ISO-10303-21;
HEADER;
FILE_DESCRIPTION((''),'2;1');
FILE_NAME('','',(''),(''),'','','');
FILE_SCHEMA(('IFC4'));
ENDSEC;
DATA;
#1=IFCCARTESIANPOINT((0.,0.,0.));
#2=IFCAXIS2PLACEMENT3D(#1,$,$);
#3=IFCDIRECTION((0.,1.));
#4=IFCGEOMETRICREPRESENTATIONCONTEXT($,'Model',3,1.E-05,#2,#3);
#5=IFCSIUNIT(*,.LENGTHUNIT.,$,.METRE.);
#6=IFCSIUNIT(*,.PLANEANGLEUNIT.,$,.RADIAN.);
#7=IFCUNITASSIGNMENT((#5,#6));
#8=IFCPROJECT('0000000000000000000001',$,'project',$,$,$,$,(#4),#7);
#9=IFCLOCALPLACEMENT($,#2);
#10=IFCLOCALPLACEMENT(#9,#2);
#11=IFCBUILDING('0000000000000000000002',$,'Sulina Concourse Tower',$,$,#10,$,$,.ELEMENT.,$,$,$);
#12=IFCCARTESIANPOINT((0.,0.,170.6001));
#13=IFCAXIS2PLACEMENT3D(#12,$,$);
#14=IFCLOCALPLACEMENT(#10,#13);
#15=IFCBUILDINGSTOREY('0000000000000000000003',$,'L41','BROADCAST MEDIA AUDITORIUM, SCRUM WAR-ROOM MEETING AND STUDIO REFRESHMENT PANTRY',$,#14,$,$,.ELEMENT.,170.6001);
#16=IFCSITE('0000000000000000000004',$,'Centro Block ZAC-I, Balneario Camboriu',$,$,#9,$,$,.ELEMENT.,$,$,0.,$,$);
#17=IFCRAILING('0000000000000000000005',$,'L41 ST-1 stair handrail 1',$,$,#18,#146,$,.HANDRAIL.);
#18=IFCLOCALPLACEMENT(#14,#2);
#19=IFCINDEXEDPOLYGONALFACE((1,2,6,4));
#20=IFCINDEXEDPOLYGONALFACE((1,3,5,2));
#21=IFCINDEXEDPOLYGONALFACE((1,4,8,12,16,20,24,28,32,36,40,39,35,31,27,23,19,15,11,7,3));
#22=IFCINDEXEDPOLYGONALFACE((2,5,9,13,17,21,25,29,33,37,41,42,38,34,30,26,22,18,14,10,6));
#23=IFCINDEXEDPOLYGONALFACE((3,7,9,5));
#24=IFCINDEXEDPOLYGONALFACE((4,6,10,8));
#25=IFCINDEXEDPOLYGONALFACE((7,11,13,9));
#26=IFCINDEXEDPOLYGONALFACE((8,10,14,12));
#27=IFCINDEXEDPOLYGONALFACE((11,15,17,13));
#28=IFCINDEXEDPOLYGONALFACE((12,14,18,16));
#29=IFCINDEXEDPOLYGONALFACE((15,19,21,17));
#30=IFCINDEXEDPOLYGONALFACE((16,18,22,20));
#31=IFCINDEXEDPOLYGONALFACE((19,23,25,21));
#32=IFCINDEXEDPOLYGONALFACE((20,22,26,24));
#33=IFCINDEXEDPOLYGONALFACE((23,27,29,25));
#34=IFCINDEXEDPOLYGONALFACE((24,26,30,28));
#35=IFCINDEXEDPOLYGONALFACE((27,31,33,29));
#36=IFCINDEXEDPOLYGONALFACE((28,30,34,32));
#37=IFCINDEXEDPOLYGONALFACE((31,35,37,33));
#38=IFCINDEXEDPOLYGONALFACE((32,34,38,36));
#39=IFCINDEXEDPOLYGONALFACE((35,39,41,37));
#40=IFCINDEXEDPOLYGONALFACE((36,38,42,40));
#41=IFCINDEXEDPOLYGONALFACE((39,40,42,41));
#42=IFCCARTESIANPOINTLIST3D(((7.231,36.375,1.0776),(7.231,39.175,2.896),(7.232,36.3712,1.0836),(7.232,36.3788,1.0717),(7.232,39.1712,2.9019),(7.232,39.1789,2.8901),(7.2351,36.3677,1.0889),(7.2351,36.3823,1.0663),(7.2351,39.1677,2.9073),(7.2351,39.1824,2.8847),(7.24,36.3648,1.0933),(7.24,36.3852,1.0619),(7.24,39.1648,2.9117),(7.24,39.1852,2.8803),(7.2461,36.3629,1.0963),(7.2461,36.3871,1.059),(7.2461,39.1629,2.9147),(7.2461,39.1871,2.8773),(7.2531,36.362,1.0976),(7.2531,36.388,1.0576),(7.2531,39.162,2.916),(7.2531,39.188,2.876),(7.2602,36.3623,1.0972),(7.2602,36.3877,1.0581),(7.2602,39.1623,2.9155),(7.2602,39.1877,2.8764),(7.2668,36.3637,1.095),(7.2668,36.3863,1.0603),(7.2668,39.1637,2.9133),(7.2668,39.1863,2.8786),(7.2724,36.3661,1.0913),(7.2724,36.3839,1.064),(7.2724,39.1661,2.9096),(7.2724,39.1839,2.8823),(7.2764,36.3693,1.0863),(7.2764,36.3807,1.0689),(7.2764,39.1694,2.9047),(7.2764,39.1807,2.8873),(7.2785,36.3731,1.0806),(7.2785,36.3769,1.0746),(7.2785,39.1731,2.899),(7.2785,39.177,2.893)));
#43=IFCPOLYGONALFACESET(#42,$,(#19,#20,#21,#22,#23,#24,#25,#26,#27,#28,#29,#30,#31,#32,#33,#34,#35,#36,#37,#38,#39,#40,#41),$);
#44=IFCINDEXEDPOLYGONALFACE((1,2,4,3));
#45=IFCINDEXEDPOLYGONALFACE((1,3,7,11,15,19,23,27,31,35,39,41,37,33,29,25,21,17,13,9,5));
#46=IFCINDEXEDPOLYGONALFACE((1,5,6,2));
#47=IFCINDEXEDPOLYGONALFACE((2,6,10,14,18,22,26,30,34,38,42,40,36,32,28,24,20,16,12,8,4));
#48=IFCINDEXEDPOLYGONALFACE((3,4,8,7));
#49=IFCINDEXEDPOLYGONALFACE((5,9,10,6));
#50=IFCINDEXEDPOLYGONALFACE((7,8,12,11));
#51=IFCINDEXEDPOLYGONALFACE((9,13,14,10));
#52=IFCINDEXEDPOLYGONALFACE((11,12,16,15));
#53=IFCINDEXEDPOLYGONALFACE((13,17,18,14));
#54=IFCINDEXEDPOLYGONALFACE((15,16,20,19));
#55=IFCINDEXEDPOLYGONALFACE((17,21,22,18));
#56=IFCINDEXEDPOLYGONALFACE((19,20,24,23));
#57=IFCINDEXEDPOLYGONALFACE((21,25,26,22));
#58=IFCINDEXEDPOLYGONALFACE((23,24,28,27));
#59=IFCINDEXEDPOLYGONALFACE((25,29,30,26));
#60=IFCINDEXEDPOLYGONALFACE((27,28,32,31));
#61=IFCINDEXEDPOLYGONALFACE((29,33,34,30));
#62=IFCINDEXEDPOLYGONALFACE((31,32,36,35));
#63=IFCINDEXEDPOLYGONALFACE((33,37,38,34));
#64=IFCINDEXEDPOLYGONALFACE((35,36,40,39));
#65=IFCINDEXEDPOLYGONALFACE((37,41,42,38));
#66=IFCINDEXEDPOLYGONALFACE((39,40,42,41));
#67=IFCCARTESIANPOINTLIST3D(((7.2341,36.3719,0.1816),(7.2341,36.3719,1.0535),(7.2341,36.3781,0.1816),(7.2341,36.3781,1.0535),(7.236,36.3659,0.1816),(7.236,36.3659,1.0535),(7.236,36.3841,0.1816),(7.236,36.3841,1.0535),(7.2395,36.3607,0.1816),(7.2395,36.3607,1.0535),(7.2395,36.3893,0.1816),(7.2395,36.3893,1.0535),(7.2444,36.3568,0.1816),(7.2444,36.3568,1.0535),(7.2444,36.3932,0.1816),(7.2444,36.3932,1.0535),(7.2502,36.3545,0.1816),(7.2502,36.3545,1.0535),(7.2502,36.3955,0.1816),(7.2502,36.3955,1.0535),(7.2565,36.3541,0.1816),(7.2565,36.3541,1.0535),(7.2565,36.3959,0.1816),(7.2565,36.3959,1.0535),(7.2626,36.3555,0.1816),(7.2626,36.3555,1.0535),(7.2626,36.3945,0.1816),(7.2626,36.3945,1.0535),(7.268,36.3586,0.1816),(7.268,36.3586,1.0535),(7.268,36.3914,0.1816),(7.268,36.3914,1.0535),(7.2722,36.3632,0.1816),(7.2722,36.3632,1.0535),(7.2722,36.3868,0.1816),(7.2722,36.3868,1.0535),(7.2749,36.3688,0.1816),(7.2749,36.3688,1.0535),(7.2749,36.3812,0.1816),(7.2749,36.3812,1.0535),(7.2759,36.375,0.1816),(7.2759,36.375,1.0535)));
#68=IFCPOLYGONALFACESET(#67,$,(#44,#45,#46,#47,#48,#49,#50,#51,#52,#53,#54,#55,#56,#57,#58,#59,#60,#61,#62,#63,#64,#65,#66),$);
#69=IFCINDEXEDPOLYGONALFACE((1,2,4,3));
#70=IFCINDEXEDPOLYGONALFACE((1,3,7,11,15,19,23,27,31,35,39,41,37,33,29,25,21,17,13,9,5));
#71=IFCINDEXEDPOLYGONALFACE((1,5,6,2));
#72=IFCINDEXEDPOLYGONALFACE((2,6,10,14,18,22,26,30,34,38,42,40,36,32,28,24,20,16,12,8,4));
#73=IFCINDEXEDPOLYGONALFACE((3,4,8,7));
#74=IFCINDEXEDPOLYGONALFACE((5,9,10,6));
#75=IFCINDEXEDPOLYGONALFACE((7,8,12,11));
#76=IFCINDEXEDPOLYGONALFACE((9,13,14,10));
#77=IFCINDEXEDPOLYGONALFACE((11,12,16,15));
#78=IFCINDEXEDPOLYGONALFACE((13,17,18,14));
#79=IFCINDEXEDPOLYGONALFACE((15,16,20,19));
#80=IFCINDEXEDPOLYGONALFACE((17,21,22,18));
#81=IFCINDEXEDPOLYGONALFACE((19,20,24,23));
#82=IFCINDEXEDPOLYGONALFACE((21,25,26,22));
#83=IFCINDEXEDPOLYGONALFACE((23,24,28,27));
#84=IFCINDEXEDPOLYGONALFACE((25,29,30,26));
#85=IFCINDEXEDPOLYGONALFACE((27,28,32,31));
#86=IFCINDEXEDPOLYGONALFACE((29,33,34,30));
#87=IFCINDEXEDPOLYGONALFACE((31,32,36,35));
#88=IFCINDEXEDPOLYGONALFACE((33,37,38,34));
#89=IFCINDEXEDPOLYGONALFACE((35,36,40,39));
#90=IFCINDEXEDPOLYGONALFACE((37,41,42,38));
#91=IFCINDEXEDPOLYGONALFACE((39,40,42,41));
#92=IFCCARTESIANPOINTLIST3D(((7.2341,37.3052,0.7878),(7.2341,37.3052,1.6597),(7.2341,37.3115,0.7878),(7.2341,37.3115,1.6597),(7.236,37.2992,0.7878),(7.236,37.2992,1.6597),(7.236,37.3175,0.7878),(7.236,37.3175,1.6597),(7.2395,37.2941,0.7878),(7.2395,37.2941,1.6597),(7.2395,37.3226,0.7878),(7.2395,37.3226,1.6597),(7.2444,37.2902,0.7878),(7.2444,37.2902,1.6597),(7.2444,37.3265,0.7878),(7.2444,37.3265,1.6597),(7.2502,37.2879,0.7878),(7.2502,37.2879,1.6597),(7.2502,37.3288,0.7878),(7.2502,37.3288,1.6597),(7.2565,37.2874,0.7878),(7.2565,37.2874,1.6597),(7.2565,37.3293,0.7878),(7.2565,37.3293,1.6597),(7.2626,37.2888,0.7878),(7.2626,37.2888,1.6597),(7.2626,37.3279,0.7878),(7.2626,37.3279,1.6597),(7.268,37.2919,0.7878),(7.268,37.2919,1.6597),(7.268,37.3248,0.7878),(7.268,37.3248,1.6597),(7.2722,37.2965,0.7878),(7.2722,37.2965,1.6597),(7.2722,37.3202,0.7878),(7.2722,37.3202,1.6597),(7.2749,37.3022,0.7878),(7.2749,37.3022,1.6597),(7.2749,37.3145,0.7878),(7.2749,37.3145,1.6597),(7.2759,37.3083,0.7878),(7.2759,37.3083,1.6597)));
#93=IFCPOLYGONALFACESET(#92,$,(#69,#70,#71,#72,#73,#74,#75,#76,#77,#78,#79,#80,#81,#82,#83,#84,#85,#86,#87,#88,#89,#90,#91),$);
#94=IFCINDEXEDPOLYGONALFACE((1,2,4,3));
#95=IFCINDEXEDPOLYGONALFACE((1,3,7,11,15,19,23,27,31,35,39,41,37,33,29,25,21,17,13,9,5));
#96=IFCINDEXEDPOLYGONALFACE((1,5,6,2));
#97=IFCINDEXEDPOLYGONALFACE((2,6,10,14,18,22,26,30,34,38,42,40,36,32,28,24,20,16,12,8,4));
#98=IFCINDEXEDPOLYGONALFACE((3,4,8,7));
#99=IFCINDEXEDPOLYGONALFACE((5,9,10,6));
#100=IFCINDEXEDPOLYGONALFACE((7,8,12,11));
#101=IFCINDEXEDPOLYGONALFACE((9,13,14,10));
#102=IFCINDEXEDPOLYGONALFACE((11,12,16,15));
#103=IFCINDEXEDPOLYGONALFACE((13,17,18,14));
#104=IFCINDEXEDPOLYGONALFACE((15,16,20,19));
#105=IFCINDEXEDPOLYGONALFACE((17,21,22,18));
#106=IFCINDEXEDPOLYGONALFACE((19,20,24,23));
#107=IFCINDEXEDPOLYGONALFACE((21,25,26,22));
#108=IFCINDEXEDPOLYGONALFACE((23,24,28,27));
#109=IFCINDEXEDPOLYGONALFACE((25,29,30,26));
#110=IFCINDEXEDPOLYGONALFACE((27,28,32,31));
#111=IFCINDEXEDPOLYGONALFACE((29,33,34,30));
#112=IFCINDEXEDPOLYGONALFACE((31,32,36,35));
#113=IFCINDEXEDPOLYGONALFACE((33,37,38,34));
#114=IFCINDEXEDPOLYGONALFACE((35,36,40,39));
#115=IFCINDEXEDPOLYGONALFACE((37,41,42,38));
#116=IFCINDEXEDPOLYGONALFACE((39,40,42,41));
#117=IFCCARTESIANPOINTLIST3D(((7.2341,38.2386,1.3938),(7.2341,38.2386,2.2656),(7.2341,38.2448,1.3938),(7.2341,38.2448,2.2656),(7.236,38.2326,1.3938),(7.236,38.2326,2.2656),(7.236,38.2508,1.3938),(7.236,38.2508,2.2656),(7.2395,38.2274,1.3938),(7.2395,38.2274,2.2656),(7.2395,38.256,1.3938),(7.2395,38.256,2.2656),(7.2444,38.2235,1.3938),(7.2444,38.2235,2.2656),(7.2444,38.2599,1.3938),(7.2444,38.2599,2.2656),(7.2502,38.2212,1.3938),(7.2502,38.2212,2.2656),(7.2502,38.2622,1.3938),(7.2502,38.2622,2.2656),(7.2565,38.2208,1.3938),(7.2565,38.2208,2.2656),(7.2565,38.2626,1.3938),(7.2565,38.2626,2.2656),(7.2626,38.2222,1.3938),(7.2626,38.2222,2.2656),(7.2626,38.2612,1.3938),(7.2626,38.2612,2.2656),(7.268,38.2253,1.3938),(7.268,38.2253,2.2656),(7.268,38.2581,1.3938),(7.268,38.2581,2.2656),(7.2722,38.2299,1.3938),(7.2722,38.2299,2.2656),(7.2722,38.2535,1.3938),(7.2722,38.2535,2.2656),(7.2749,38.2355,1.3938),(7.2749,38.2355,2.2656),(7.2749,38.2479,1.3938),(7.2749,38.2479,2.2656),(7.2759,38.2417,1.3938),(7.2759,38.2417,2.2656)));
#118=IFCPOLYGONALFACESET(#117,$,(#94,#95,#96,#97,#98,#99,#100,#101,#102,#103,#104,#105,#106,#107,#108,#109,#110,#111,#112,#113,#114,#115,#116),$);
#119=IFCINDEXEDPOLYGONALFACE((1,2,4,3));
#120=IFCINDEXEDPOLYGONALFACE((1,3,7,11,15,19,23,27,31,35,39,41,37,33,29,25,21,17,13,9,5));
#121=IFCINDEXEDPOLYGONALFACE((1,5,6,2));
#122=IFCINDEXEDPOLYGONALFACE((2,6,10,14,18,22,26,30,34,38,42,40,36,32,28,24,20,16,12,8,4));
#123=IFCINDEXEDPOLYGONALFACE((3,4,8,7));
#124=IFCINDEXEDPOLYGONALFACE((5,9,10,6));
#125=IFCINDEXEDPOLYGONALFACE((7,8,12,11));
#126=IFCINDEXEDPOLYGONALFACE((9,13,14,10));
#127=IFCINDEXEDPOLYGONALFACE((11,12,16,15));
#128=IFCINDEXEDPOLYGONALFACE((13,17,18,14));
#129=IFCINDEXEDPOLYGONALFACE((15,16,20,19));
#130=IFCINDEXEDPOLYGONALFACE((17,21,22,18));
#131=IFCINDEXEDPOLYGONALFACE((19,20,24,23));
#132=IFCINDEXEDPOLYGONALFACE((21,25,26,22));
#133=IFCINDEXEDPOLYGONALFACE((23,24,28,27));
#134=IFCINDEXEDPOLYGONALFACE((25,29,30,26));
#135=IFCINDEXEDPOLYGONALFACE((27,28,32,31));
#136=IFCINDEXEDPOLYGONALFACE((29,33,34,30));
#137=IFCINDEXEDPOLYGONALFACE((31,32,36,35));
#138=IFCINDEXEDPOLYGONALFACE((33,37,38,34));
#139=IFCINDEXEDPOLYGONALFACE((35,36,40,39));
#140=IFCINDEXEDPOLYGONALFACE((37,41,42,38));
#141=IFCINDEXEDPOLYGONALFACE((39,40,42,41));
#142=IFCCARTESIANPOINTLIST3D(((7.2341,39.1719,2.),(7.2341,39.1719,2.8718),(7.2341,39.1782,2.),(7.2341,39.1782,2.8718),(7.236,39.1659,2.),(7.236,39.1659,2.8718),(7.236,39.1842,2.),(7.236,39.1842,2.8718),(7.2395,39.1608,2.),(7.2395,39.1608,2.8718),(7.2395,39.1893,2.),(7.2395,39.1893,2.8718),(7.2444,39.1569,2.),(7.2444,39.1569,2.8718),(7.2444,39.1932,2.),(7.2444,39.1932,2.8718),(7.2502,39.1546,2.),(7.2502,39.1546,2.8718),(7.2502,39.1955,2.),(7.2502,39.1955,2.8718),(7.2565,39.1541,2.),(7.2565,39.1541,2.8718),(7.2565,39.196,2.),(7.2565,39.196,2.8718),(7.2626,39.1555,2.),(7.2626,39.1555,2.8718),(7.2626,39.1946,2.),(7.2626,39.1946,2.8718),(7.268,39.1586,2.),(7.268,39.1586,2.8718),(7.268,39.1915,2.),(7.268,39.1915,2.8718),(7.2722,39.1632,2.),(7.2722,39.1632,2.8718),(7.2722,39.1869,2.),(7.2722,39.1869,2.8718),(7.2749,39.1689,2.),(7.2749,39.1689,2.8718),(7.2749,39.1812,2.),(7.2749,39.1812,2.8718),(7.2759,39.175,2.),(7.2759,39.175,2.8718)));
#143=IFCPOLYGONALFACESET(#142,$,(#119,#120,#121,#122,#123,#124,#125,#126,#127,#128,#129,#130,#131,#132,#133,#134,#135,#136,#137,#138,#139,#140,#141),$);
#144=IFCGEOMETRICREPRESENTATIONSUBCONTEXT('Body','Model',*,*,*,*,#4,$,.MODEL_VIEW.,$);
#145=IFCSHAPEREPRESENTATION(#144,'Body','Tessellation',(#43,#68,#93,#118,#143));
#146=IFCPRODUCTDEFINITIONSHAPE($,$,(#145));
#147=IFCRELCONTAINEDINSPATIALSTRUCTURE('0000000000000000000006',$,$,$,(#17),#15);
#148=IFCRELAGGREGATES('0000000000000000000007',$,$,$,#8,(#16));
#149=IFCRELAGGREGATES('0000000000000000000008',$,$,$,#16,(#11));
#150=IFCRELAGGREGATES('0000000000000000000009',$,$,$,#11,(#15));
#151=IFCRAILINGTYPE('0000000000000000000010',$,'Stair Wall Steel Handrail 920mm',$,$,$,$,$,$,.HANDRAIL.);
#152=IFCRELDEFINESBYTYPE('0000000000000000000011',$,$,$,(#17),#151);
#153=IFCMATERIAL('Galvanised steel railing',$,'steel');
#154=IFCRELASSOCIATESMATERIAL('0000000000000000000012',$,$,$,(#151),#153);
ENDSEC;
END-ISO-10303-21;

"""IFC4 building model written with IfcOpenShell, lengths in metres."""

from ifc_helpers import new_model, si_unit, direction, frame, origin, origin_2d, place, context, subcontext, project, spatial, circle, extrude, material, type_object, element, save


model = new_model("IFC4")

# Units and contexts
model_context = context("Model", 3, precision=1e-05, world=origin(), true_north=direction((0.0, 1.0)))
body_context = subcontext(model_context, "Body", "Model", "MODEL_VIEW")
ifc_project = project(units=[si_unit("LENGTHUNIT", "METRE"), si_unit("PLANEANGLEUNIT", "RADIAN")], contexts=[model_context])

# Site, building, storey
site_placement = place(None, origin())
site = spatial("IfcSite", under=ifc_project, at=site_placement, Name="Centro Block ZAC-I, Balneario Camboriu", CompositionType="ELEMENT", RefElevation=0.0)
building_placement = place(site_placement, origin())
building = spatial("IfcBuilding", under=site, at=building_placement, Name="Sulina Concourse Tower", CompositionType="ELEMENT")
storey_placement = place(building_placement, frame((0.0, 0.0, 170.6001)))
storey = spatial("IfcBuildingStorey", under=building, at=storey_placement, Name="L41", Description="BROADCAST MEDIA AUDITORIUM, SCRUM WAR-ROOM MEETING AND STUDIO REFRESHMENT PANTRY", CompositionType="ELEMENT", Elevation=170.6001)

# Railing
ifc_material_1 = material(Name="Galvanised steel railing", Category="steel")
railing_type_1 = type_object("IfcRailingType", Name="Stair Wall Steel Handrail 920mm", PredefinedType="HANDRAIL", material=ifc_material_1)
railing_1_placement = place(storey_placement, frame((7.2549, 36.375, 0.1816)))
element("IfcRailing", 1, at=railing_1_placement, inside=storey, type_object=railing_type_1, Name="L41 ST-1 stair handrail 1", PredefinedType="HANDRAIL", context=body_context, shape_type="SweptSolid", body=[
    extrude(circle(Radius=0.0239, at=origin_2d()), frame((0.0, 0.0, 0.896), z_axis=(0.0, 0.838672, 0.544636), x_axis=(-1.0, 0.0, 0.0)), (0.0, 0.0, 1.0), 3.3386),
    extrude(circle(Radius=0.021, at=origin_2d()), origin(), (0.0, 0.0, 1.0), 0.8718),
    extrude(circle(Radius=0.021, at=origin_2d()), frame((0.0, 0.9333, 0.6062)), (0.0, 0.0, 1.0), 0.8718),
    extrude(circle(Radius=0.021, at=origin_2d()), frame((0.0, 1.8667, 1.2122)), (0.0, 0.0, 1.0), 0.8718),
    extrude(circle(Radius=0.021, at=origin_2d()), frame((0.0, 2.8, 1.8184)), (0.0, 0.0, 1.0), 0.8718),
])

save(model, "model.ifc")
